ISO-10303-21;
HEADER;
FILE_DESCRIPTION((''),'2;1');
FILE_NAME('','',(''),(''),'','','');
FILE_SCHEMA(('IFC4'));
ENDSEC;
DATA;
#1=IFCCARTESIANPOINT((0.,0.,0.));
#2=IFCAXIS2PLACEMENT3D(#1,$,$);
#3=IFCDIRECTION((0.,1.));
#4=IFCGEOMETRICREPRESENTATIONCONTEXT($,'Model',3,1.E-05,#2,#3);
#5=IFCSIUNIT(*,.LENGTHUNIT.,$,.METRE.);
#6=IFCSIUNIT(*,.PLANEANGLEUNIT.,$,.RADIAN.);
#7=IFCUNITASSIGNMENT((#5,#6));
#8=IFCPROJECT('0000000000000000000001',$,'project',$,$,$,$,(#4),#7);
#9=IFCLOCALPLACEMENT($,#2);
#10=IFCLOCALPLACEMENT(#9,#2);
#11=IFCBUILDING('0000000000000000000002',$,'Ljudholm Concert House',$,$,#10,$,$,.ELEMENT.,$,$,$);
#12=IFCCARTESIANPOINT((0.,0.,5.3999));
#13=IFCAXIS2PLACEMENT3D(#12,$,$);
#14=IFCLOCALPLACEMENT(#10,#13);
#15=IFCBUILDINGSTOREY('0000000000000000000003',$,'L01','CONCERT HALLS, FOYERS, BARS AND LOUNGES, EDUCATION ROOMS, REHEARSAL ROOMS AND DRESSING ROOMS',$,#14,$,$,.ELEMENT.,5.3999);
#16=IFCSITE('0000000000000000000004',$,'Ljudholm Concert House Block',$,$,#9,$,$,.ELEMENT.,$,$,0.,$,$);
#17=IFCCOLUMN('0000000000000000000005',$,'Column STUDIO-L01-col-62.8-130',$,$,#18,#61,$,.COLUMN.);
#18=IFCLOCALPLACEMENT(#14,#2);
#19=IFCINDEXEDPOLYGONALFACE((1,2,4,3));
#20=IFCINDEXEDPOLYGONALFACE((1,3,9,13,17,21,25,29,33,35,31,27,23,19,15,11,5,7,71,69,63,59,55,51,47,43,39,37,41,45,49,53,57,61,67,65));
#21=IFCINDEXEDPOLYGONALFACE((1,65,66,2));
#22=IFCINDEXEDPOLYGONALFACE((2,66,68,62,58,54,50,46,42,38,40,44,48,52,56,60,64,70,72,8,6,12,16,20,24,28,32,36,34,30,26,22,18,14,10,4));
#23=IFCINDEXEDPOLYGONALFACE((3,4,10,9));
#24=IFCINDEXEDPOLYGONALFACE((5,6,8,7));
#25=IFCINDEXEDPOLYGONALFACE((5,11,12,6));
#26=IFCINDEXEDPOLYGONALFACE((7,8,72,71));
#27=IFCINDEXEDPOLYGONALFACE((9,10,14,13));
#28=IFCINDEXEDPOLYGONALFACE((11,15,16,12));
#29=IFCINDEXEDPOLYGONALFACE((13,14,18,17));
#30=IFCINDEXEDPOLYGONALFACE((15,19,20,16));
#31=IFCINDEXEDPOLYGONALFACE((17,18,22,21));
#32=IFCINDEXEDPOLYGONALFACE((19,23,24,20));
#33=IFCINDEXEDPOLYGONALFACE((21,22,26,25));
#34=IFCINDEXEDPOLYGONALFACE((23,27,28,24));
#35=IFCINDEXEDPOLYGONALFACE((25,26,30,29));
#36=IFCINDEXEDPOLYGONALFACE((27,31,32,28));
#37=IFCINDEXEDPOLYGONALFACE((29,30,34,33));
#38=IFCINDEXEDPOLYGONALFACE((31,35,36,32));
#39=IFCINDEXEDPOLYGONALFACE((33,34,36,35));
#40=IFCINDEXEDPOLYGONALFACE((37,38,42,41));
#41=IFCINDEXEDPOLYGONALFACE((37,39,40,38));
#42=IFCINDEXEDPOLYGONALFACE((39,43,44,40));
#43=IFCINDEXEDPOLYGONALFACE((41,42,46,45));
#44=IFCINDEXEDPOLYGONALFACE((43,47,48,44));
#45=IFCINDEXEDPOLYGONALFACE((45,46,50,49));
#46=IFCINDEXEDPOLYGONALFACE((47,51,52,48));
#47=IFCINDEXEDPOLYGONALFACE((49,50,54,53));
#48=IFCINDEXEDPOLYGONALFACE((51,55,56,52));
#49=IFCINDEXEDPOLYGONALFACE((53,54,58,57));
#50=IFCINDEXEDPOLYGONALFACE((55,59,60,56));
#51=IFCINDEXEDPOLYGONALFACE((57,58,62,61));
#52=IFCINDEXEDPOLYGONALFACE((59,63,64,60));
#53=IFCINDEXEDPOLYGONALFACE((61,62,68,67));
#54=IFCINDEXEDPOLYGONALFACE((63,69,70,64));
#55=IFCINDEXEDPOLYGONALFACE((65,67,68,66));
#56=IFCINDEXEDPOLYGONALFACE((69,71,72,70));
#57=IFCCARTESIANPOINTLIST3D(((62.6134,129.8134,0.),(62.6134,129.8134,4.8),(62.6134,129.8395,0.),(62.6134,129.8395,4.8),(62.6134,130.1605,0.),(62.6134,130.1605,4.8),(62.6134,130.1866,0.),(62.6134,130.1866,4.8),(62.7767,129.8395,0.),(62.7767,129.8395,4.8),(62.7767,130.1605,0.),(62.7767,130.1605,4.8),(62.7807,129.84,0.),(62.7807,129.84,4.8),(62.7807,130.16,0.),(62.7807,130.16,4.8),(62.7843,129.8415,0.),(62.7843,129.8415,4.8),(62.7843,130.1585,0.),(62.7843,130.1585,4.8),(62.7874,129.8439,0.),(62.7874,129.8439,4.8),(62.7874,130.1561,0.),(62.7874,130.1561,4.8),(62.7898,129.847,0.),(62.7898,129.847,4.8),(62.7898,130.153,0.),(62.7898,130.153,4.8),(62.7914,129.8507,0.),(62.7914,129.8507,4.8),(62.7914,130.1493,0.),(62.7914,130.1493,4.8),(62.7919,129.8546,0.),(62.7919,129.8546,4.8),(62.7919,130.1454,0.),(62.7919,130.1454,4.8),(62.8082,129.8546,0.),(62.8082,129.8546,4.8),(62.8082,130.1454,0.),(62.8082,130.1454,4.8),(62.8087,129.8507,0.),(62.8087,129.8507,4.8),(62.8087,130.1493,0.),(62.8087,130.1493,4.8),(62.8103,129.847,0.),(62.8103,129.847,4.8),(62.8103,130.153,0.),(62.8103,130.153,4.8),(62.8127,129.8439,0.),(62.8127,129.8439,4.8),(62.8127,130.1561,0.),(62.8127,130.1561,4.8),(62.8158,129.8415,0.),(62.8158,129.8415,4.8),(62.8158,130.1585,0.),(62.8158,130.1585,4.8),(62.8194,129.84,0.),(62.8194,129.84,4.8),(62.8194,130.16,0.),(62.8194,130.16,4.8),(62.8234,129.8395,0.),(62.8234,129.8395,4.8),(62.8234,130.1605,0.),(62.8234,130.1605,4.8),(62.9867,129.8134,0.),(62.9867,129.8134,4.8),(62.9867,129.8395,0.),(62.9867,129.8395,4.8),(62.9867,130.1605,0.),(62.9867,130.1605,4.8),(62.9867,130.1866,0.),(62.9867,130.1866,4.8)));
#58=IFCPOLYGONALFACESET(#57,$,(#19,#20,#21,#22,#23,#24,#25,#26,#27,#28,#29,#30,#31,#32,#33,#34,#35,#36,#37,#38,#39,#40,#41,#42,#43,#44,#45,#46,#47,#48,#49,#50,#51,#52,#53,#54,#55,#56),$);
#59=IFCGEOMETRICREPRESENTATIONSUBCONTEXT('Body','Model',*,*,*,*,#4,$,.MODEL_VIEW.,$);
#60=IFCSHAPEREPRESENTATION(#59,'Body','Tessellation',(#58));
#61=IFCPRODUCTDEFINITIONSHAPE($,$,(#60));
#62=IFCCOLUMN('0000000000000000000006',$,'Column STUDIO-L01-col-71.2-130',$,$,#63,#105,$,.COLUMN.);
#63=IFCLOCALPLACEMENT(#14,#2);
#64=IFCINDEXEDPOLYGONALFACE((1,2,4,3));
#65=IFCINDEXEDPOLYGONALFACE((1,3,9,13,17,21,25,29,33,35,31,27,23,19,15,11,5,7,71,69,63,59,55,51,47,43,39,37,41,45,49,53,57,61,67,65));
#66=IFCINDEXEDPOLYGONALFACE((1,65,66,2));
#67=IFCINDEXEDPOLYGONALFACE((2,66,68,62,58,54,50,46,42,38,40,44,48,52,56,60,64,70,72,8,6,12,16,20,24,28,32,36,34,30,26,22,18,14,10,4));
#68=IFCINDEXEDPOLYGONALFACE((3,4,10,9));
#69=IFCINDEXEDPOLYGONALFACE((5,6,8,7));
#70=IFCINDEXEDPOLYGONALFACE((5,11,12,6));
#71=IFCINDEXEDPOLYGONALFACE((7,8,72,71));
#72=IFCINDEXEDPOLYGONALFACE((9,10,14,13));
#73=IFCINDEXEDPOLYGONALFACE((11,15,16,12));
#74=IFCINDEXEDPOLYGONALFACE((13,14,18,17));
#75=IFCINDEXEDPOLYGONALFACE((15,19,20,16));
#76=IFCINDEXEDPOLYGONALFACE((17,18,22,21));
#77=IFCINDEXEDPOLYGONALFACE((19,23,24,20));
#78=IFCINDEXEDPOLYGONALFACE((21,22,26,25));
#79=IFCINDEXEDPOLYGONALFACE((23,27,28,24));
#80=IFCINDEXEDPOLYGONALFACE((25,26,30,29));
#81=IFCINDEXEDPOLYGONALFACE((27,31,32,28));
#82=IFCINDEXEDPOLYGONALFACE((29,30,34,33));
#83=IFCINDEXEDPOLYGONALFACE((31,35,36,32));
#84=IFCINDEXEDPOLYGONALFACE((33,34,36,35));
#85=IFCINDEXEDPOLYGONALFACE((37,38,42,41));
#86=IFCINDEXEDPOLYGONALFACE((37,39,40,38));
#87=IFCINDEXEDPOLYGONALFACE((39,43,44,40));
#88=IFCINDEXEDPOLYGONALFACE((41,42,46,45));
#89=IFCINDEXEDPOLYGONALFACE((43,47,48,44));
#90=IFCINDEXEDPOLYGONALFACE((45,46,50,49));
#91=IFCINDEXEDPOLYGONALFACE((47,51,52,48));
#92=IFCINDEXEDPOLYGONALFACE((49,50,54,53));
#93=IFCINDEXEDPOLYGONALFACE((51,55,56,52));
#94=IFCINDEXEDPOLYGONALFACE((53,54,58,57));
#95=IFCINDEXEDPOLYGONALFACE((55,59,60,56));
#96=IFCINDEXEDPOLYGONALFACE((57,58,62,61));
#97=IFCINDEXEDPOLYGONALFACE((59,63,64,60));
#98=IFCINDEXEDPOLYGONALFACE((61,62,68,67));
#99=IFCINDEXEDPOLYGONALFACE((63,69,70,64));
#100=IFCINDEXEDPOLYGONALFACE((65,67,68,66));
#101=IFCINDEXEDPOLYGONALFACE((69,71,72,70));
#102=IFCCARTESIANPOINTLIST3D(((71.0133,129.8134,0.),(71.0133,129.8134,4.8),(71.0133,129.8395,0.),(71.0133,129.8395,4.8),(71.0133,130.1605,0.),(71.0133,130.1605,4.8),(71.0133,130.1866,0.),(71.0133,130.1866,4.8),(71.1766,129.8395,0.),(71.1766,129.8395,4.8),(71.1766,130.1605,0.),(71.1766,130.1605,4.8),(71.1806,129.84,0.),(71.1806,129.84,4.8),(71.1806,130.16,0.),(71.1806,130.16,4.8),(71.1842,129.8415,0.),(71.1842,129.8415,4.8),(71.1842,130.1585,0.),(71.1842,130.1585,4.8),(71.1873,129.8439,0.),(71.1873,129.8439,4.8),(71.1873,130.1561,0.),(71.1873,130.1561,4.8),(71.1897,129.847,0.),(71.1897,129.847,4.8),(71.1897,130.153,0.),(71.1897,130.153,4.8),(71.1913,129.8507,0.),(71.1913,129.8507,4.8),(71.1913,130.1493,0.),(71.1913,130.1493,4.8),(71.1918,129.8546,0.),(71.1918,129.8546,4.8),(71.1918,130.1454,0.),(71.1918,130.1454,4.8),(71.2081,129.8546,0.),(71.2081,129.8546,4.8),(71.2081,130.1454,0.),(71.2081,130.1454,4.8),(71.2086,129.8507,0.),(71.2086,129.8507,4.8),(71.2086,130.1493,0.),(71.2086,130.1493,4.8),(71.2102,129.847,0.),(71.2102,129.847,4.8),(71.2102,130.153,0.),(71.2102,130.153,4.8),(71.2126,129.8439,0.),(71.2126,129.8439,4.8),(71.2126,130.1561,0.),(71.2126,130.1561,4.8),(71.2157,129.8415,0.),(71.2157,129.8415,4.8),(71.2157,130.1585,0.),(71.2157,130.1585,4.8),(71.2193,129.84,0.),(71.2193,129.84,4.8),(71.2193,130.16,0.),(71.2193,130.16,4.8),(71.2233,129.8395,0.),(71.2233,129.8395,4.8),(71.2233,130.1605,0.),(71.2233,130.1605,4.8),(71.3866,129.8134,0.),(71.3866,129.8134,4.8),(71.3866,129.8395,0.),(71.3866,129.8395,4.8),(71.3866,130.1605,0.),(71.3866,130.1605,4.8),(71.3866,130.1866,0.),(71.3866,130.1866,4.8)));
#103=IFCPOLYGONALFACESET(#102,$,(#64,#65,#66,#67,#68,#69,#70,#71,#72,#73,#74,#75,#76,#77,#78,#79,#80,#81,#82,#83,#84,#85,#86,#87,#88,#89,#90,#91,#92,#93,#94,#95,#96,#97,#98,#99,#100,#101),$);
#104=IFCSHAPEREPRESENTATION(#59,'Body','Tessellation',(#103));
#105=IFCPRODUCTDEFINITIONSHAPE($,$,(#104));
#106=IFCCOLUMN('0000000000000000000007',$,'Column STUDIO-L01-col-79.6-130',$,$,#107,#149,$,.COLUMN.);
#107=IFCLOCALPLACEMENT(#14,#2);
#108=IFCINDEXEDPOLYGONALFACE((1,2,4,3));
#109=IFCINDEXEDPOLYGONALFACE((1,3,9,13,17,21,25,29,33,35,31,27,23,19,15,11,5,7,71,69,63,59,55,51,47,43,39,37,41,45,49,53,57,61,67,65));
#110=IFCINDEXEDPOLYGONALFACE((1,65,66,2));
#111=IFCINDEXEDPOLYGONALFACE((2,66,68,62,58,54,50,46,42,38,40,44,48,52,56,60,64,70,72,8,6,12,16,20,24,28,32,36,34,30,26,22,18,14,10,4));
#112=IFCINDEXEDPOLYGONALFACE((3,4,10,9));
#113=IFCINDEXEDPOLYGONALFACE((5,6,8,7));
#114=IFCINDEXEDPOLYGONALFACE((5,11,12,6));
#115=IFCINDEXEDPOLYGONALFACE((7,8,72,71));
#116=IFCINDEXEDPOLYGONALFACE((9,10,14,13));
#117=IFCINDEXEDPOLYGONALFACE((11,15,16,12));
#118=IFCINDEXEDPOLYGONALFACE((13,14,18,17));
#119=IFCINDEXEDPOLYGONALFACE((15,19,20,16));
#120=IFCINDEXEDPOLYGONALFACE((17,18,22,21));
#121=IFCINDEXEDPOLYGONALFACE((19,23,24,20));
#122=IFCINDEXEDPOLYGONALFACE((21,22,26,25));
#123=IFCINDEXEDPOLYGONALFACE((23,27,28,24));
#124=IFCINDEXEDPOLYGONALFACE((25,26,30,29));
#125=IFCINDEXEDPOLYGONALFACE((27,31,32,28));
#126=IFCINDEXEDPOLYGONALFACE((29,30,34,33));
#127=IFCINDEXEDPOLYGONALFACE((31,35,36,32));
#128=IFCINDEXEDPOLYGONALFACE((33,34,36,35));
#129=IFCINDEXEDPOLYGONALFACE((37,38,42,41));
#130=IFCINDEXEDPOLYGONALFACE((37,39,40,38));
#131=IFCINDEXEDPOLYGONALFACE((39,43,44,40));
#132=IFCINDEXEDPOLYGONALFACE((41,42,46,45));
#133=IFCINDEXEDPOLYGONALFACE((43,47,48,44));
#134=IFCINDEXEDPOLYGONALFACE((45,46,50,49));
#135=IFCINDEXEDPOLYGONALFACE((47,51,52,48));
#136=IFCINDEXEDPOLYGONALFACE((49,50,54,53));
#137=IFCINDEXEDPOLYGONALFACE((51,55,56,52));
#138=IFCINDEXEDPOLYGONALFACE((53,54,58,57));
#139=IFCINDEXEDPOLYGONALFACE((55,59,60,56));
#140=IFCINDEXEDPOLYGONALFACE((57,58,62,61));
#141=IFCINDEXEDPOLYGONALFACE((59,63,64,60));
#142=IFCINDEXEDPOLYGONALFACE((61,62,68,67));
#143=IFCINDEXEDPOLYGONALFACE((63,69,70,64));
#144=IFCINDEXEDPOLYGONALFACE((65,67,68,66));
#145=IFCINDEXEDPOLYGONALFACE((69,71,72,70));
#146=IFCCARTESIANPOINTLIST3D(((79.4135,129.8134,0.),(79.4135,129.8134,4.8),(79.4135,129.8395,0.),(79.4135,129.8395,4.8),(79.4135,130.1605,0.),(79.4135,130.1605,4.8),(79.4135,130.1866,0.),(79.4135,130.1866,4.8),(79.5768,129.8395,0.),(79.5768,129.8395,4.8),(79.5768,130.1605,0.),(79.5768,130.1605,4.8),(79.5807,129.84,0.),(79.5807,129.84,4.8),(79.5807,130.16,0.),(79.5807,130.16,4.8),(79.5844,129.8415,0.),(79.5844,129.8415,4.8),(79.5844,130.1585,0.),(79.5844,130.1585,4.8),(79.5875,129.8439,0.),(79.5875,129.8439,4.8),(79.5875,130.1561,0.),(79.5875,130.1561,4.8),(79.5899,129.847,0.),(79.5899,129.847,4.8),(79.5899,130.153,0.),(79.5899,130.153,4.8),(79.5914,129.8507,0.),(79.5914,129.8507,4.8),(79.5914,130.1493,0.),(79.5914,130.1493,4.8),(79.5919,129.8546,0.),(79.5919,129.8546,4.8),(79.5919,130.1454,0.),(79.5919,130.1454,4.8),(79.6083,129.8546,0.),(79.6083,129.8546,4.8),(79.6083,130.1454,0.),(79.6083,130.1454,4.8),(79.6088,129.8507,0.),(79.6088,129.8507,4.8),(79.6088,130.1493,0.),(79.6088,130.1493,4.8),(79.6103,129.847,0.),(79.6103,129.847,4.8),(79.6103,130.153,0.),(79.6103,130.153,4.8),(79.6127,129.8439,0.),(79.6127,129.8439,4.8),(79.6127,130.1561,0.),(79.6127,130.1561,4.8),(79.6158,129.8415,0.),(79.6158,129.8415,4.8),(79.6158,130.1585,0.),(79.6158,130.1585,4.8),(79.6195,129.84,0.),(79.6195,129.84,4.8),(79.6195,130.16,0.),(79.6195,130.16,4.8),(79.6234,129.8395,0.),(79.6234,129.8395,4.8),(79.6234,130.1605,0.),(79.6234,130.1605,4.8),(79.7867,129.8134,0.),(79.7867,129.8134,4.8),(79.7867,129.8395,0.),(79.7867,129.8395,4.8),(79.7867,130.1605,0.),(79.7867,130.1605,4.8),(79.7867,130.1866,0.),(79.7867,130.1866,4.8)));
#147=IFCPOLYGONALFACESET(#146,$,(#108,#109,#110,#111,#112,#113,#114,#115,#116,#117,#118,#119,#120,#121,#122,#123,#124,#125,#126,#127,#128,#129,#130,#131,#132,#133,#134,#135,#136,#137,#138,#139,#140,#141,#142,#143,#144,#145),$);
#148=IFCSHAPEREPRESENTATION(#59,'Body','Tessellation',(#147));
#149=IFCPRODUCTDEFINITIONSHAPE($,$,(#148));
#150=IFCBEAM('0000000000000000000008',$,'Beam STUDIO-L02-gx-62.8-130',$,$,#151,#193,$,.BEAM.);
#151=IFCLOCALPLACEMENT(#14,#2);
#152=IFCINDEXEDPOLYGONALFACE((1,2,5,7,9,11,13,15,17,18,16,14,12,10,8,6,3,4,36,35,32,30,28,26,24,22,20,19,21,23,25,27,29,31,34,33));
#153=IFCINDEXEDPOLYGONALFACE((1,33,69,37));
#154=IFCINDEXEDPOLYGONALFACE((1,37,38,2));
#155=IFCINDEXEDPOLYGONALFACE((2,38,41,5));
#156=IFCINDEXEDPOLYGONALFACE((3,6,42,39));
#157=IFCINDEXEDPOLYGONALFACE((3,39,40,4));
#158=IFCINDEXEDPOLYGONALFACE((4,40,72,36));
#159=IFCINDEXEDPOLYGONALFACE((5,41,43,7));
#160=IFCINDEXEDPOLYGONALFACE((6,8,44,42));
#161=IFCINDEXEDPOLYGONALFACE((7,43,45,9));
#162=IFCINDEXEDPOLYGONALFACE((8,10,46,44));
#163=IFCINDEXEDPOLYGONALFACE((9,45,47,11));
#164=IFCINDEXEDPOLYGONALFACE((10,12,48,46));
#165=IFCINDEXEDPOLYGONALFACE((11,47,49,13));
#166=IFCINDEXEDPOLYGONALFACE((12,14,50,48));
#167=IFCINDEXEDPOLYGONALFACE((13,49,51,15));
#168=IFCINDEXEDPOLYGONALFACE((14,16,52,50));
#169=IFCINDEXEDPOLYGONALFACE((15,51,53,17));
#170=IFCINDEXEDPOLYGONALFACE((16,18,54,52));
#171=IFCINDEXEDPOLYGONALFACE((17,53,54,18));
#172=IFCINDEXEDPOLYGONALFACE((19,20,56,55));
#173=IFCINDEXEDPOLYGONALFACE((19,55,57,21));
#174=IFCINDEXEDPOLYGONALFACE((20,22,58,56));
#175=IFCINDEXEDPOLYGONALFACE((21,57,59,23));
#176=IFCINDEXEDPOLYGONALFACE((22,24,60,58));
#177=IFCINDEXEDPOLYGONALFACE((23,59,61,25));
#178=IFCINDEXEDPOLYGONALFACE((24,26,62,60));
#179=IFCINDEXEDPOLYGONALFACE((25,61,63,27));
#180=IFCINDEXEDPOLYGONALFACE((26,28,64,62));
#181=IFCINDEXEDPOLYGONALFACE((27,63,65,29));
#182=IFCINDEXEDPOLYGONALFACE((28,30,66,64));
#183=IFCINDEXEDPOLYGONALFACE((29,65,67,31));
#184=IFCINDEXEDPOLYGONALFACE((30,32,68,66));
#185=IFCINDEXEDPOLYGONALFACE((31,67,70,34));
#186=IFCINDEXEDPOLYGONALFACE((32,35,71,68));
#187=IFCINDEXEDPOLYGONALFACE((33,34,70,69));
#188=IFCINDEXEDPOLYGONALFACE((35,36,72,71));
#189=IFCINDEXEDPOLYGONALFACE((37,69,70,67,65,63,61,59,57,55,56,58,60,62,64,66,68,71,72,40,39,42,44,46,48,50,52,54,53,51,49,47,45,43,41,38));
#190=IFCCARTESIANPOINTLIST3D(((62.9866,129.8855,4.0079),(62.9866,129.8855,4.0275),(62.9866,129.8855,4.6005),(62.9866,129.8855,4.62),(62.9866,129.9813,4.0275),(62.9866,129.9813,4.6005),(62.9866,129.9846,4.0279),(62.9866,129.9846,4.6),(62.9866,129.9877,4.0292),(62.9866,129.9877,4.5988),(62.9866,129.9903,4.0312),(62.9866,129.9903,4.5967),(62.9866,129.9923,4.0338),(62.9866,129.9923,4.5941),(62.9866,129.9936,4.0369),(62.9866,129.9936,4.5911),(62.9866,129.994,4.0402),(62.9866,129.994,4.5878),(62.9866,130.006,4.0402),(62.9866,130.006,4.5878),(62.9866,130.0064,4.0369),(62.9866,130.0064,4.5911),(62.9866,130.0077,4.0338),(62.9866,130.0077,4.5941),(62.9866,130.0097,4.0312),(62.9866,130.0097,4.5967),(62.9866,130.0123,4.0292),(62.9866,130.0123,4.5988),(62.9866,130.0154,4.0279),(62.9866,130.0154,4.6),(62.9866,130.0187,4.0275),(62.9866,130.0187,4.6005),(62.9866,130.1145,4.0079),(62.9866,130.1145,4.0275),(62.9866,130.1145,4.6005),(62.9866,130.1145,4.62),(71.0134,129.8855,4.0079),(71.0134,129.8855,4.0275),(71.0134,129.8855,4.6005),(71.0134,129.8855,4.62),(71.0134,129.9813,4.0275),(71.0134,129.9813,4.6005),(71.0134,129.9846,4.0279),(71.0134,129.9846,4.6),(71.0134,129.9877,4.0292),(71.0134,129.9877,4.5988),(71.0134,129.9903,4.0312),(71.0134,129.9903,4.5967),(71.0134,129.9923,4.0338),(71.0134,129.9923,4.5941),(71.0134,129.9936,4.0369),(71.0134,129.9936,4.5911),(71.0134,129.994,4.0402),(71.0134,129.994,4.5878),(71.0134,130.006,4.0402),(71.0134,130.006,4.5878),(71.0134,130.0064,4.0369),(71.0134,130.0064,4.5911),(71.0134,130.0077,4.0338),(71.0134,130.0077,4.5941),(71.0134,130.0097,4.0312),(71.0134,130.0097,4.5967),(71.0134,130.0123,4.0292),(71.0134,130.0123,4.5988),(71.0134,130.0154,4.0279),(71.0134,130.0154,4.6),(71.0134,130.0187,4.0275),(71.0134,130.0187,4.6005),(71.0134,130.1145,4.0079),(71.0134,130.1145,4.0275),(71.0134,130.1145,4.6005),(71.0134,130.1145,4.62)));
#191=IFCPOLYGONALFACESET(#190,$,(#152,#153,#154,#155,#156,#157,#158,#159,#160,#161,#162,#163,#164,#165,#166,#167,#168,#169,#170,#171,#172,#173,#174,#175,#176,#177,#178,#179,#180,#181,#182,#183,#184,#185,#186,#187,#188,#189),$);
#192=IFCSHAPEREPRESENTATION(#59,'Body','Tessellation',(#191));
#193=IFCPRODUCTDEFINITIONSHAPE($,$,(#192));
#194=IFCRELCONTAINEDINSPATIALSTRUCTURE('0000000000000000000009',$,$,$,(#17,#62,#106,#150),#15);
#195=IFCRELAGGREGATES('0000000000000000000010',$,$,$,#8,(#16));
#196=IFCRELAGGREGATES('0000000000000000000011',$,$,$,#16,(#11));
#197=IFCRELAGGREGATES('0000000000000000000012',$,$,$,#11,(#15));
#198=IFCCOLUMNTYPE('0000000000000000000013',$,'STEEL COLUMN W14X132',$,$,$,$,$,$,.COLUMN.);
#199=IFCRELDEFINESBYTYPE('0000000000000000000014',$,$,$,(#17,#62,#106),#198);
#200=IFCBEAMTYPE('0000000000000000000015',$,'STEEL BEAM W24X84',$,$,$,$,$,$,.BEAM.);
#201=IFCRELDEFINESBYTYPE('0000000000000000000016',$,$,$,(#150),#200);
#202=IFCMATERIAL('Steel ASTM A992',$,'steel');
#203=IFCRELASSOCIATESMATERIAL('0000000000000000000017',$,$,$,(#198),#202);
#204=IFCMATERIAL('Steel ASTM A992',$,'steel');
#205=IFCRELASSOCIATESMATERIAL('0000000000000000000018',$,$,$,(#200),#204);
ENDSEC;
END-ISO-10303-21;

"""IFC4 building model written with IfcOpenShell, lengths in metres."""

from ifc_helpers import new_model, si_unit, direction, frame, origin, origin_2d, place, context, subcontext, project, spatial, i_section, extrude, material, material_profile, profile_set, type_object, element, save


model = new_model("IFC4")

# Units and contexts
model_context = context("Model", 3, precision=1e-05, world=origin(), true_north=direction((0.0, 1.0)))
body_context = subcontext(model_context, "Body", "Model", "MODEL_VIEW")
ifc_project = project(units=[si_unit("LENGTHUNIT", "METRE"), si_unit("PLANEANGLEUNIT", "RADIAN")], contexts=[model_context])

# Site, building, storey
site_placement = place(None, origin())
site = spatial("IfcSite", under=ifc_project, at=site_placement, Name="Ljudholm Concert House Block", CompositionType="ELEMENT", RefElevation=0.0)
building_placement = place(site_placement, origin())
building = spatial("IfcBuilding", under=site, at=building_placement, Name="Ljudholm Concert House", CompositionType="ELEMENT")
storey_placement = place(building_placement, frame((0.0, 0.0, 5.3999)))
storey = spatial("IfcBuildingStorey", under=building, at=storey_placement, Name="L01", Description="CONCERT HALLS, FOYERS, BARS AND LOUNGES, EDUCATION ROOMS, REHEARSAL ROOMS AND DRESSING ROOMS", CompositionType="ELEMENT", Elevation=5.3999)

# Columns
ifc_material_1 = material(Name="Steel ASTM A992", Category="steel")
ifc_material_profile_1 = material_profile(ifc_material_1, i_section(OverallWidth=0.3733, OverallDepth=0.3733, WebThickness=0.0164, FlangeThickness=0.0261, FilletRadius=0.0151, at=origin_2d()), Name="W14X132")
ifc_profile_set_1 = profile_set([ifc_material_profile_1], Name="Steel ASTM A992")
column_type = type_object("IfcColumnType", Name="STEEL COLUMN W14X132", PredefinedType="COLUMN", material=ifc_profile_set_1)
for number, where, z_axis, x_axis, name in (
    (1, (62.8, 130.0, 0.0), (0.0, 0.0, 1.0), (1.0, 0.0, 0.0), "Column STUDIO-L01-col-62.8-130"),
    (2, (71.2, 130.0, 0.0), (0.0, 0.0, 1.0), (1.0, 0.0, 0.0), "Column STUDIO-L01-col-71.2-130"),
    (3, (79.6001, 130.0, 0.0), (0.0, 0.0, 1.0), (1.0, 0.0, 0.0), "Column STUDIO-L01-col-79.6-130"),
):
    element("IfcColumn", number, at=place(storey_placement, frame(where, z_axis=z_axis, x_axis=x_axis)), inside=storey, type_object=column_type, Name=name, PredefinedType="COLUMN", context=body_context, shape_type="SweptSolid", body=[
        extrude(i_section(OverallWidth=0.3733, OverallDepth=0.3733, WebThickness=0.0164, FlangeThickness=0.0261, FilletRadius=0.0151, at=origin_2d()), origin(), (0.0, 0.0, 1.0), 4.8),
    ])

# Beam
ifc_material_2 = material(Name="Steel ASTM A992", Category="steel")
ifc_material_profile_2 = material_profile(ifc_material_2, i_section(OverallWidth=0.229, OverallDepth=0.6121, WebThickness=0.012, FlangeThickness=0.0195, FilletRadius=0.0127, at=origin_2d()), Name="W24X84")
ifc_profile_set_2 = profile_set([ifc_material_profile_2], Name="Steel ASTM A992")
beam_type = type_object("IfcBeamType", Name="STEEL BEAM W24X84", PredefinedType="BEAM", material=ifc_profile_set_2)
beam_placement = place(storey_placement, frame((62.9866, 130.0, 4.314), z_axis=(1.0, 0.0, 0.0), x_axis=(0.0, 1.0, 0.0)))
element("IfcBeam", 4, at=beam_placement, inside=storey, type_object=beam_type, Name="Beam STUDIO-L02-gx-62.8-130", PredefinedType="BEAM", context=body_context, shape_type="SweptSolid", body=[
    extrude(i_section(OverallWidth=0.229, OverallDepth=0.6121, WebThickness=0.012, FlangeThickness=0.0195, FilletRadius=0.0127, at=origin_2d()), origin(), (0.0, 0.0, 1.0), 8.0269),
])

save(model, "model.ifc")
